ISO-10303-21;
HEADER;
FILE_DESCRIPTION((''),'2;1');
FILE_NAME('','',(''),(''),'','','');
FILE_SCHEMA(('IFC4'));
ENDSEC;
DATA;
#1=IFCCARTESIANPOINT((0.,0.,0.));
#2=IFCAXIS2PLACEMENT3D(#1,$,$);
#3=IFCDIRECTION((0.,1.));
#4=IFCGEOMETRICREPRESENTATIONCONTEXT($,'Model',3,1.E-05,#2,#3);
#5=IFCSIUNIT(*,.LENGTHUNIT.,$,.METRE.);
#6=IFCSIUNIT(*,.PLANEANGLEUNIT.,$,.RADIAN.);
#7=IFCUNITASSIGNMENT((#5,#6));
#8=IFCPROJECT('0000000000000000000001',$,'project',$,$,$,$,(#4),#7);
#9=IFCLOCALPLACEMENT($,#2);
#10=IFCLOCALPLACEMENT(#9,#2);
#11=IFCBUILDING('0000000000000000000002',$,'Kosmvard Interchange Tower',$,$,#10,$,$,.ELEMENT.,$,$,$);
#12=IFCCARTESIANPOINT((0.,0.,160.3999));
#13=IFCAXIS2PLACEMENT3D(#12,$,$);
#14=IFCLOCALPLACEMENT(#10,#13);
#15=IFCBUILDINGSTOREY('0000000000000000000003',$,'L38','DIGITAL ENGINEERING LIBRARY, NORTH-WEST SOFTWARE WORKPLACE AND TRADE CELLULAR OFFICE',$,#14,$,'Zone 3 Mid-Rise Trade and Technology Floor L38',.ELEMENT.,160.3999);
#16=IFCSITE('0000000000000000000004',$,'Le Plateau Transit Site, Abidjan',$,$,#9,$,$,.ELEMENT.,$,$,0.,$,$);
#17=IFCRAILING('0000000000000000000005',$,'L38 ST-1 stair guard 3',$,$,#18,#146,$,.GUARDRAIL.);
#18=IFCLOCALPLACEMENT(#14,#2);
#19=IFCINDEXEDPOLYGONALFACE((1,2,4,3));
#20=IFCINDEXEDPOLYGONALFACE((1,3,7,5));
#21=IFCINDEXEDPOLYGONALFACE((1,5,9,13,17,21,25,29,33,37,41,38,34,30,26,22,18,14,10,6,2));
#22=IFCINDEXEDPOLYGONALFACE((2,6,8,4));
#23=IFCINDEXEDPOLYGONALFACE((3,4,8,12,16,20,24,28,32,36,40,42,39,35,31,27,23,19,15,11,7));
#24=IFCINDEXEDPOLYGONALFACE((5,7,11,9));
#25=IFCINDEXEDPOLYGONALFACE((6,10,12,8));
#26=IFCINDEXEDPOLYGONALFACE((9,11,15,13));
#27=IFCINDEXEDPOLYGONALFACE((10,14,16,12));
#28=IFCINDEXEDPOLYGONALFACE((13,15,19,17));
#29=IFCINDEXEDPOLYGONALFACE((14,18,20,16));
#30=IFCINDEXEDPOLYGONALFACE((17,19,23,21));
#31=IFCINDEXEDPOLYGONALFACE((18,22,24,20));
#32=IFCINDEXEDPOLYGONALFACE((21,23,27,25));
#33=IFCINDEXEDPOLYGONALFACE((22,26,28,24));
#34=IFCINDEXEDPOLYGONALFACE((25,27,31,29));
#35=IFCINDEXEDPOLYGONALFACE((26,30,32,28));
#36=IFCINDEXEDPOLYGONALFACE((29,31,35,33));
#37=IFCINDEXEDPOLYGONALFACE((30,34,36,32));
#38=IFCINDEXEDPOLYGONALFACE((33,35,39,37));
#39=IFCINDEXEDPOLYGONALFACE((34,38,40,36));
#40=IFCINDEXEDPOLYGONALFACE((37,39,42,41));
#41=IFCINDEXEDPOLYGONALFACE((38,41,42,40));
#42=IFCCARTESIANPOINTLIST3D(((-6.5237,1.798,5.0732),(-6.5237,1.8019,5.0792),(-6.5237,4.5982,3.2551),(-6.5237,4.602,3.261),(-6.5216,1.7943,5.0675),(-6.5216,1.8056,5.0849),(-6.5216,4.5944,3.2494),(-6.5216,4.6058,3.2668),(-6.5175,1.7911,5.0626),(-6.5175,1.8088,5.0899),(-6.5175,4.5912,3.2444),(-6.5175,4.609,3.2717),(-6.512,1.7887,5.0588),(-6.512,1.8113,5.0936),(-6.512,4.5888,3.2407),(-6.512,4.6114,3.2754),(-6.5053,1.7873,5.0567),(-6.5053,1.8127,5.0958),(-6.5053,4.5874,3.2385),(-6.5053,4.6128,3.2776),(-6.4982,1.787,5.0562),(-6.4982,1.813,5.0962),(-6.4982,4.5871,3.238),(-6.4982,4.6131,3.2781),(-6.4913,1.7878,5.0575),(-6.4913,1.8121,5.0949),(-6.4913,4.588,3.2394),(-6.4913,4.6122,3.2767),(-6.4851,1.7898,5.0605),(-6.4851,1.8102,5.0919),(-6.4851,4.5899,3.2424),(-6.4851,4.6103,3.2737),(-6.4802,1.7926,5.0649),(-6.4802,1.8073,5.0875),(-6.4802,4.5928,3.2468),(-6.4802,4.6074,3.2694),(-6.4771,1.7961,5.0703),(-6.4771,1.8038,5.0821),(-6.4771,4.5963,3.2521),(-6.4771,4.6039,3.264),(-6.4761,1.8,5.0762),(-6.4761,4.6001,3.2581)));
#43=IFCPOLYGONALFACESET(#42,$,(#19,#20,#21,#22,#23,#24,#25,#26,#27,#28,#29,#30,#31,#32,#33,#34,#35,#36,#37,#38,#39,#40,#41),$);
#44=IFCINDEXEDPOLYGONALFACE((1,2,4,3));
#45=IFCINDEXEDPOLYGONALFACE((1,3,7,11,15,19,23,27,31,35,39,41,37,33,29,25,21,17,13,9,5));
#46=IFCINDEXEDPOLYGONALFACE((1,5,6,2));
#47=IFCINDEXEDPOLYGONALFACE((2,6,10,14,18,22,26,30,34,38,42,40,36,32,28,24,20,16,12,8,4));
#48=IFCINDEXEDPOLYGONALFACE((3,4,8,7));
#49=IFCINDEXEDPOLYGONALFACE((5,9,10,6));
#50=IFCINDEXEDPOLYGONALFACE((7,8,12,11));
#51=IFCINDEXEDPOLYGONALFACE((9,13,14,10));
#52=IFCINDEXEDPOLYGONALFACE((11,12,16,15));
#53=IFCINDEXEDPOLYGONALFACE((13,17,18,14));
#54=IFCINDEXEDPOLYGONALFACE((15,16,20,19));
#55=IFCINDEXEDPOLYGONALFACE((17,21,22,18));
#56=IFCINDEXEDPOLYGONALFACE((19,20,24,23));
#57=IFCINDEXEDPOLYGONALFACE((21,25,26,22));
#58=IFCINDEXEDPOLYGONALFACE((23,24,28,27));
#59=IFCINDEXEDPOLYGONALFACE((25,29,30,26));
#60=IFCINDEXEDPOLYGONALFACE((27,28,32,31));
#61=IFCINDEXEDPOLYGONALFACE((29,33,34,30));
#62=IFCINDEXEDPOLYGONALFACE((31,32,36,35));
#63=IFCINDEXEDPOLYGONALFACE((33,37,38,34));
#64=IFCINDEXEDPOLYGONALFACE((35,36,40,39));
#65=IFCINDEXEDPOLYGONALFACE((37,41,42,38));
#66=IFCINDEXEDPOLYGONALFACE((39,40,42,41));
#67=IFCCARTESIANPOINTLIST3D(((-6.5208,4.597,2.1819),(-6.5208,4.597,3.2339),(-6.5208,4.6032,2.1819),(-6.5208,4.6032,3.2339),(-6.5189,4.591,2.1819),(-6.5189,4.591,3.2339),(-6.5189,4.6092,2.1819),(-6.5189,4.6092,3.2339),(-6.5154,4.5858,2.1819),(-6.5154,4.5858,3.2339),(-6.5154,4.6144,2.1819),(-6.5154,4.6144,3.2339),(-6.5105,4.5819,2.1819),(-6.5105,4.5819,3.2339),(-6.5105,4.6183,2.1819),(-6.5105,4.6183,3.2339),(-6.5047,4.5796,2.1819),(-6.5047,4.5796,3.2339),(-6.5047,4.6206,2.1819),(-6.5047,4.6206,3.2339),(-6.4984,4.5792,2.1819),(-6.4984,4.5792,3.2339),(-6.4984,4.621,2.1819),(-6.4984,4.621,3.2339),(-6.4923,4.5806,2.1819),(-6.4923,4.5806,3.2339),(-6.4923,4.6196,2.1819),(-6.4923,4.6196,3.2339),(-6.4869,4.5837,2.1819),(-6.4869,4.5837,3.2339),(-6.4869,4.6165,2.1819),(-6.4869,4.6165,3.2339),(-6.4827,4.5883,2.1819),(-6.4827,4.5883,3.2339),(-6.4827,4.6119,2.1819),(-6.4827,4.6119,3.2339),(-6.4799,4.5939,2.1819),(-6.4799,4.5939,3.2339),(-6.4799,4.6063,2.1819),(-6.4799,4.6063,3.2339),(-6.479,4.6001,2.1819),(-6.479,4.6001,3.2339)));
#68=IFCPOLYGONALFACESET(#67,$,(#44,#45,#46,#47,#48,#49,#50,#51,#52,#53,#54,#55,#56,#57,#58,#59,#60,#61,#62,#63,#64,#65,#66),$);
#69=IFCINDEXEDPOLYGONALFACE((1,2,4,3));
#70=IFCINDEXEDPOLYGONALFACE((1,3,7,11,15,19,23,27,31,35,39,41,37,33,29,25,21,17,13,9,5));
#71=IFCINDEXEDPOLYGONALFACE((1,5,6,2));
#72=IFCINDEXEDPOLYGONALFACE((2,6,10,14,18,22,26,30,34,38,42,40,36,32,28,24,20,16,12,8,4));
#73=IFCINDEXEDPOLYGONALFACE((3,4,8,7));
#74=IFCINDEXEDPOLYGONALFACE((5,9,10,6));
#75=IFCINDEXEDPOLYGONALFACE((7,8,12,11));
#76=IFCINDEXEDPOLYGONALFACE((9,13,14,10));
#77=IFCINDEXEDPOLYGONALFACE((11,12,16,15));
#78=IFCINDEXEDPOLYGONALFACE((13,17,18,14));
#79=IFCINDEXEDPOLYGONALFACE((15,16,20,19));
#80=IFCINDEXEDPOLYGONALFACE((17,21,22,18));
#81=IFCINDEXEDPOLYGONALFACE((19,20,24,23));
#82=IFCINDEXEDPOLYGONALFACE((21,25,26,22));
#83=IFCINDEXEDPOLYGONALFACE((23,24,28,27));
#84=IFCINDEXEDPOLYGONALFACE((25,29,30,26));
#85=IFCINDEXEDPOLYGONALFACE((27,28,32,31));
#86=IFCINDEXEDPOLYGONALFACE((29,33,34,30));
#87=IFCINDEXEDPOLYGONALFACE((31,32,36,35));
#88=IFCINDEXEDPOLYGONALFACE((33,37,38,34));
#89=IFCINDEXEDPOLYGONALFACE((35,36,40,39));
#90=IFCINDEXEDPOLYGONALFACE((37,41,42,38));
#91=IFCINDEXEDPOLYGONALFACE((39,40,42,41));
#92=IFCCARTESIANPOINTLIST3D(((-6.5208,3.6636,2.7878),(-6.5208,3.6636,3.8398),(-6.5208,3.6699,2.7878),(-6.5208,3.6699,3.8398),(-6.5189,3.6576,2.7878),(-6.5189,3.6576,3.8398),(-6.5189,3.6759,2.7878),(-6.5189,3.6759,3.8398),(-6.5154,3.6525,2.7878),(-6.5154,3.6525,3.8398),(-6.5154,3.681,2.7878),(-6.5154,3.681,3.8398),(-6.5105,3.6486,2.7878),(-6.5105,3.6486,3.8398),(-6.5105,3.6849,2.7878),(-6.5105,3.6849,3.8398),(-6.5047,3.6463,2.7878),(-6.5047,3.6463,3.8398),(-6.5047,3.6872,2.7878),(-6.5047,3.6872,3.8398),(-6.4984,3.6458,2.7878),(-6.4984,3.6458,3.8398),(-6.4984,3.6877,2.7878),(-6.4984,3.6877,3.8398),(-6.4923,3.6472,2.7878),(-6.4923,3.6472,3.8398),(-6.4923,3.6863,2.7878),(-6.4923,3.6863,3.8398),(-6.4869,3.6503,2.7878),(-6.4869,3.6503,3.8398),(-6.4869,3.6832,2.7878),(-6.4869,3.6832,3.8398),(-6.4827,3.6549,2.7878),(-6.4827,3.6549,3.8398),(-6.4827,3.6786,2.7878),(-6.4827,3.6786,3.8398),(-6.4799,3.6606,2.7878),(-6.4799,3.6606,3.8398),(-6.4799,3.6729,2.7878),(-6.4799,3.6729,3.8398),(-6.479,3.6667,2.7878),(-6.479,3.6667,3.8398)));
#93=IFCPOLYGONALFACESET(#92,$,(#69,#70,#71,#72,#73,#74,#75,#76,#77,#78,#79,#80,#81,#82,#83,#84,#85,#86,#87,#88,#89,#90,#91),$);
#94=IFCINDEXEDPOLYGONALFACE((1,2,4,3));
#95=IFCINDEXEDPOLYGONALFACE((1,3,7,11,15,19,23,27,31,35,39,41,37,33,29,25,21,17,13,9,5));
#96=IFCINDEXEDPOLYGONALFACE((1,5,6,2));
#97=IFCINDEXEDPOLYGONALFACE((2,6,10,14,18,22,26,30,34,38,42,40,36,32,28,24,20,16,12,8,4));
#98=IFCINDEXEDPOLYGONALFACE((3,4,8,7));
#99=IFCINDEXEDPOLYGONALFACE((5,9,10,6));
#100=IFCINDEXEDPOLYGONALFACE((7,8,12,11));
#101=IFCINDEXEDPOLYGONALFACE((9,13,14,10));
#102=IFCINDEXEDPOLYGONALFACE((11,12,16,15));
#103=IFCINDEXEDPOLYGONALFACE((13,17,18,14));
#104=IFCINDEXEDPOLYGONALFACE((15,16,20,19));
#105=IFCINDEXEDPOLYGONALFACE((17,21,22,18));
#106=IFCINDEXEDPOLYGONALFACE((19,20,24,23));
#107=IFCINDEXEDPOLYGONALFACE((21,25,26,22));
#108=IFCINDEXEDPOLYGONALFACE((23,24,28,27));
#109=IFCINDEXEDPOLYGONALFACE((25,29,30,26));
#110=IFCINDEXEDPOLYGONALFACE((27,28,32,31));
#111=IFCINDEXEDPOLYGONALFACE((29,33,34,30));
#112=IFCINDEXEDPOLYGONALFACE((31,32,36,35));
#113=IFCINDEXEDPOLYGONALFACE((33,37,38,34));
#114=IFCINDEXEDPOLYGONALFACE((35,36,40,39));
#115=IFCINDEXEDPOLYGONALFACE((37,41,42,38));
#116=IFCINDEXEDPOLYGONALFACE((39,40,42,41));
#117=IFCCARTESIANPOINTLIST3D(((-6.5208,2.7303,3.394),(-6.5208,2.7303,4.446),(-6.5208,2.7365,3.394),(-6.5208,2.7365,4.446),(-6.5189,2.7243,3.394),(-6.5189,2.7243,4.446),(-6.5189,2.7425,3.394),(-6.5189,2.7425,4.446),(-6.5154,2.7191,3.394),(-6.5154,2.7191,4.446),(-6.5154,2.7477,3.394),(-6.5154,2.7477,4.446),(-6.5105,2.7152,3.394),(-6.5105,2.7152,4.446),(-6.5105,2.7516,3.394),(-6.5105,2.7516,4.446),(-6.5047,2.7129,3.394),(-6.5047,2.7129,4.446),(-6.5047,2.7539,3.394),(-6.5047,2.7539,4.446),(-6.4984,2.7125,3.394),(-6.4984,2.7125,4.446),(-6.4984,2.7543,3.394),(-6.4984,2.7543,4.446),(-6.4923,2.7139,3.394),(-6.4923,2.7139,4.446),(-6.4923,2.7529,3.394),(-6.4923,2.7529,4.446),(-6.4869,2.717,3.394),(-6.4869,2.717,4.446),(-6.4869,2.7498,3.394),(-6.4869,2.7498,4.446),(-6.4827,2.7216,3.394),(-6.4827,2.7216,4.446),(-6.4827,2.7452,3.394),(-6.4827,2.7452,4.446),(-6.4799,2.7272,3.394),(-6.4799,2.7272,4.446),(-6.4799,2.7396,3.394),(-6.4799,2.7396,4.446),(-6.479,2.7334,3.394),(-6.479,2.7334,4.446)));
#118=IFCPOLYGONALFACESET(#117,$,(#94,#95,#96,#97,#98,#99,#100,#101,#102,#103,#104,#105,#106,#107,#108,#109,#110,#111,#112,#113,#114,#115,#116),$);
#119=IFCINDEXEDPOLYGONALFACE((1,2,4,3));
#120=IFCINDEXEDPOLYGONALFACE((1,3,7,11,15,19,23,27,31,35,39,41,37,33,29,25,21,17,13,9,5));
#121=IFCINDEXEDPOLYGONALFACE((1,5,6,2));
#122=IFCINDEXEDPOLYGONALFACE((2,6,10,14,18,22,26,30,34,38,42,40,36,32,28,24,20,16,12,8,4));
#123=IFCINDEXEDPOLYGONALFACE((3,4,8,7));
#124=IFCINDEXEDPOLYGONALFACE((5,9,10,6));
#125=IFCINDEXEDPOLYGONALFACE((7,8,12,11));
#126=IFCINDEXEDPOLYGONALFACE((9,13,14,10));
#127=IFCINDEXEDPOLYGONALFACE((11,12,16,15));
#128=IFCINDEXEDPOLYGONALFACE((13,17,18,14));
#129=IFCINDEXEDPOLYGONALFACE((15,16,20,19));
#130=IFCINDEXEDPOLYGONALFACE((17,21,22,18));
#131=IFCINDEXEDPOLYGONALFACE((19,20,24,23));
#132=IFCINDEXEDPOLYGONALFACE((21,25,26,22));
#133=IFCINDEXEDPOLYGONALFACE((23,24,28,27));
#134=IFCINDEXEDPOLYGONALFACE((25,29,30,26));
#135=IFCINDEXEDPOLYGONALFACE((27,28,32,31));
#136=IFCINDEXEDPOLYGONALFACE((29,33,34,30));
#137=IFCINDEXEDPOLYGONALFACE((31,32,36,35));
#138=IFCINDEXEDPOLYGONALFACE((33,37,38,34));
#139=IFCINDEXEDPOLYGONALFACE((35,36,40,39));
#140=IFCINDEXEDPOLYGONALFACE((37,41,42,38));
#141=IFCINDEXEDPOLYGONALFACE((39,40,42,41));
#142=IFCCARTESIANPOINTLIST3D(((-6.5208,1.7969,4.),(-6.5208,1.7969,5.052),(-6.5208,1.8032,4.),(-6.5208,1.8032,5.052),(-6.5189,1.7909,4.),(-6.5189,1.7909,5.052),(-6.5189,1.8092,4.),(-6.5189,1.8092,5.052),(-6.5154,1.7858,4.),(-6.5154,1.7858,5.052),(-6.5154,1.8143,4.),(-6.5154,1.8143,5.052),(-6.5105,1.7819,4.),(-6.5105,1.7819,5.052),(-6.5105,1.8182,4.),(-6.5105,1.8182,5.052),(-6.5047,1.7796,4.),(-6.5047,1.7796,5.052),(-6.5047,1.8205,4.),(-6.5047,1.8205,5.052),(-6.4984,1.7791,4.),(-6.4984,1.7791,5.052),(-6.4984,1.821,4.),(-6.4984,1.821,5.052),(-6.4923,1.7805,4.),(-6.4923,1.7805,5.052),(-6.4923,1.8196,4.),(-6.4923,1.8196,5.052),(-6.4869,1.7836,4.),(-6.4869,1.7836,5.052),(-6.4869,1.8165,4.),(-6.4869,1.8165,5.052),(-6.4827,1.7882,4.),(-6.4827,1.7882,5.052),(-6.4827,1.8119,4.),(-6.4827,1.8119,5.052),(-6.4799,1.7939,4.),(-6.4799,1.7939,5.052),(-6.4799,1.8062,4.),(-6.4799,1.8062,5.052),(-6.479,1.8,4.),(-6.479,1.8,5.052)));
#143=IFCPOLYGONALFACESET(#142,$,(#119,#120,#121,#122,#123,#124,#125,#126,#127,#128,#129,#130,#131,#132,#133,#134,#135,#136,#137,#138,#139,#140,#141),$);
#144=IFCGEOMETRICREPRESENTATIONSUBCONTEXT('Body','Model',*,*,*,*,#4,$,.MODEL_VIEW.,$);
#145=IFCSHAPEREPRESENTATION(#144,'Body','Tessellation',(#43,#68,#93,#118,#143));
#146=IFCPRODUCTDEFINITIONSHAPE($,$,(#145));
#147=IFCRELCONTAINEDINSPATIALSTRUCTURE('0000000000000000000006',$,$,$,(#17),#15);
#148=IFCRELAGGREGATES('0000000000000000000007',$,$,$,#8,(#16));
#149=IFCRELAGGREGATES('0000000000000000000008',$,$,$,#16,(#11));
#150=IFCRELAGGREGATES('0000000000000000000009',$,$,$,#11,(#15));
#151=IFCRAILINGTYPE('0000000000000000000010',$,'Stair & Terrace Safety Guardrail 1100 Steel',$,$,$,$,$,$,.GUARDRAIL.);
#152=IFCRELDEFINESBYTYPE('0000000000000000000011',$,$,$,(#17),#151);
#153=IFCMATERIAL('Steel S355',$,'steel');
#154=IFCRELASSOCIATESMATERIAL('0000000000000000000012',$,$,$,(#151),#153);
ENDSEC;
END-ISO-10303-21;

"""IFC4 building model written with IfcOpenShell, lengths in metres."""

from ifc_helpers import new_model, si_unit, direction, frame, origin, origin_2d, place, context, subcontext, project, spatial, circle, extrude, source, transform, mapped, material, type_object, element, save


model = new_model("IFC4")

# Units and contexts
model_context = context("Model", 3, precision=1e-05, world=origin(), true_north=direction((0.0, 1.0)))
body_context = subcontext(model_context, "Body", "Model", "MODEL_VIEW")
ifc_project = project(units=[si_unit("LENGTHUNIT", "METRE"), si_unit("PLANEANGLEUNIT", "RADIAN")], contexts=[model_context])

# Site, building, storey
site_placement = place(None, origin())
site = spatial("IfcSite", under=ifc_project, at=site_placement, Name="Le Plateau Transit Site, Abidjan", CompositionType="ELEMENT", RefElevation=0.0)
building_placement = place(site_placement, origin())
building = spatial("IfcBuilding", under=site, at=building_placement, Name="Kosmvard Interchange Tower", CompositionType="ELEMENT")
storey_placement = place(building_placement, frame((0.0, 0.0, 160.3999)))
storey = spatial("IfcBuildingStorey", under=building, at=storey_placement, Name="L38", Description="DIGITAL ENGINEERING LIBRARY, NORTH-WEST SOFTWARE WORKPLACE AND TRADE CELLULAR OFFICE", LongName="Zone 3 Mid-Rise Trade and Technology Floor L38", CompositionType="ELEMENT", Elevation=160.3999)

# Shared definitions
ifc_material_1 = material(Name="Steel S355", Category="steel")

# Railing
railing_type_1 = type_object("IfcRailingType", Name="Stair & Terrace Safety Guardrail 1100 Steel", PredefinedType="GUARDRAIL", material=ifc_material_1)
shared_shape_1 = source(origin(), body_context, "Body", "SweptSolid", [
    extrude(circle(Radius=0.0239, at=origin_2d()), frame((0.0, 0.0, 1.0762), z_axis=(0.0, -0.838706, 0.544585), x_axis=(1.0, 0.0, 0.0)), (0.0, 0.0, 1.0), 3.3386),
    extrude(circle(Radius=0.021, at=origin_2d()), origin(), (0.0, 0.0, 1.0), 1.052),
    extrude(circle(Radius=0.021, at=origin_2d()), frame((0.0, -0.9333, 0.606)), (0.0, 0.0, 1.0), 1.052),
    extrude(circle(Radius=0.021, at=origin_2d()), frame((0.0, -1.8667, 1.2122)), (0.0, 0.0, 1.0), 1.052),
    extrude(circle(Radius=0.021, at=origin_2d()), frame((0.0, -2.8, 1.8181)), (0.0, 0.0, 1.0), 1.052),
])
railing_1_placement = place(storey_placement, frame((-6.5, 4.6001, 2.1819)))
element("IfcRailing", 1, at=railing_1_placement, inside=storey, type_object=railing_type_1, Name="L38 ST-1 stair guard 3", PredefinedType="GUARDRAIL", context=body_context, shape_type="MappedRepresentation", body=[
    mapped(shared_shape_1, transform((0.0, 0.0, 0.0), scale=1.0)),
])

save(model, "model.ifc")
